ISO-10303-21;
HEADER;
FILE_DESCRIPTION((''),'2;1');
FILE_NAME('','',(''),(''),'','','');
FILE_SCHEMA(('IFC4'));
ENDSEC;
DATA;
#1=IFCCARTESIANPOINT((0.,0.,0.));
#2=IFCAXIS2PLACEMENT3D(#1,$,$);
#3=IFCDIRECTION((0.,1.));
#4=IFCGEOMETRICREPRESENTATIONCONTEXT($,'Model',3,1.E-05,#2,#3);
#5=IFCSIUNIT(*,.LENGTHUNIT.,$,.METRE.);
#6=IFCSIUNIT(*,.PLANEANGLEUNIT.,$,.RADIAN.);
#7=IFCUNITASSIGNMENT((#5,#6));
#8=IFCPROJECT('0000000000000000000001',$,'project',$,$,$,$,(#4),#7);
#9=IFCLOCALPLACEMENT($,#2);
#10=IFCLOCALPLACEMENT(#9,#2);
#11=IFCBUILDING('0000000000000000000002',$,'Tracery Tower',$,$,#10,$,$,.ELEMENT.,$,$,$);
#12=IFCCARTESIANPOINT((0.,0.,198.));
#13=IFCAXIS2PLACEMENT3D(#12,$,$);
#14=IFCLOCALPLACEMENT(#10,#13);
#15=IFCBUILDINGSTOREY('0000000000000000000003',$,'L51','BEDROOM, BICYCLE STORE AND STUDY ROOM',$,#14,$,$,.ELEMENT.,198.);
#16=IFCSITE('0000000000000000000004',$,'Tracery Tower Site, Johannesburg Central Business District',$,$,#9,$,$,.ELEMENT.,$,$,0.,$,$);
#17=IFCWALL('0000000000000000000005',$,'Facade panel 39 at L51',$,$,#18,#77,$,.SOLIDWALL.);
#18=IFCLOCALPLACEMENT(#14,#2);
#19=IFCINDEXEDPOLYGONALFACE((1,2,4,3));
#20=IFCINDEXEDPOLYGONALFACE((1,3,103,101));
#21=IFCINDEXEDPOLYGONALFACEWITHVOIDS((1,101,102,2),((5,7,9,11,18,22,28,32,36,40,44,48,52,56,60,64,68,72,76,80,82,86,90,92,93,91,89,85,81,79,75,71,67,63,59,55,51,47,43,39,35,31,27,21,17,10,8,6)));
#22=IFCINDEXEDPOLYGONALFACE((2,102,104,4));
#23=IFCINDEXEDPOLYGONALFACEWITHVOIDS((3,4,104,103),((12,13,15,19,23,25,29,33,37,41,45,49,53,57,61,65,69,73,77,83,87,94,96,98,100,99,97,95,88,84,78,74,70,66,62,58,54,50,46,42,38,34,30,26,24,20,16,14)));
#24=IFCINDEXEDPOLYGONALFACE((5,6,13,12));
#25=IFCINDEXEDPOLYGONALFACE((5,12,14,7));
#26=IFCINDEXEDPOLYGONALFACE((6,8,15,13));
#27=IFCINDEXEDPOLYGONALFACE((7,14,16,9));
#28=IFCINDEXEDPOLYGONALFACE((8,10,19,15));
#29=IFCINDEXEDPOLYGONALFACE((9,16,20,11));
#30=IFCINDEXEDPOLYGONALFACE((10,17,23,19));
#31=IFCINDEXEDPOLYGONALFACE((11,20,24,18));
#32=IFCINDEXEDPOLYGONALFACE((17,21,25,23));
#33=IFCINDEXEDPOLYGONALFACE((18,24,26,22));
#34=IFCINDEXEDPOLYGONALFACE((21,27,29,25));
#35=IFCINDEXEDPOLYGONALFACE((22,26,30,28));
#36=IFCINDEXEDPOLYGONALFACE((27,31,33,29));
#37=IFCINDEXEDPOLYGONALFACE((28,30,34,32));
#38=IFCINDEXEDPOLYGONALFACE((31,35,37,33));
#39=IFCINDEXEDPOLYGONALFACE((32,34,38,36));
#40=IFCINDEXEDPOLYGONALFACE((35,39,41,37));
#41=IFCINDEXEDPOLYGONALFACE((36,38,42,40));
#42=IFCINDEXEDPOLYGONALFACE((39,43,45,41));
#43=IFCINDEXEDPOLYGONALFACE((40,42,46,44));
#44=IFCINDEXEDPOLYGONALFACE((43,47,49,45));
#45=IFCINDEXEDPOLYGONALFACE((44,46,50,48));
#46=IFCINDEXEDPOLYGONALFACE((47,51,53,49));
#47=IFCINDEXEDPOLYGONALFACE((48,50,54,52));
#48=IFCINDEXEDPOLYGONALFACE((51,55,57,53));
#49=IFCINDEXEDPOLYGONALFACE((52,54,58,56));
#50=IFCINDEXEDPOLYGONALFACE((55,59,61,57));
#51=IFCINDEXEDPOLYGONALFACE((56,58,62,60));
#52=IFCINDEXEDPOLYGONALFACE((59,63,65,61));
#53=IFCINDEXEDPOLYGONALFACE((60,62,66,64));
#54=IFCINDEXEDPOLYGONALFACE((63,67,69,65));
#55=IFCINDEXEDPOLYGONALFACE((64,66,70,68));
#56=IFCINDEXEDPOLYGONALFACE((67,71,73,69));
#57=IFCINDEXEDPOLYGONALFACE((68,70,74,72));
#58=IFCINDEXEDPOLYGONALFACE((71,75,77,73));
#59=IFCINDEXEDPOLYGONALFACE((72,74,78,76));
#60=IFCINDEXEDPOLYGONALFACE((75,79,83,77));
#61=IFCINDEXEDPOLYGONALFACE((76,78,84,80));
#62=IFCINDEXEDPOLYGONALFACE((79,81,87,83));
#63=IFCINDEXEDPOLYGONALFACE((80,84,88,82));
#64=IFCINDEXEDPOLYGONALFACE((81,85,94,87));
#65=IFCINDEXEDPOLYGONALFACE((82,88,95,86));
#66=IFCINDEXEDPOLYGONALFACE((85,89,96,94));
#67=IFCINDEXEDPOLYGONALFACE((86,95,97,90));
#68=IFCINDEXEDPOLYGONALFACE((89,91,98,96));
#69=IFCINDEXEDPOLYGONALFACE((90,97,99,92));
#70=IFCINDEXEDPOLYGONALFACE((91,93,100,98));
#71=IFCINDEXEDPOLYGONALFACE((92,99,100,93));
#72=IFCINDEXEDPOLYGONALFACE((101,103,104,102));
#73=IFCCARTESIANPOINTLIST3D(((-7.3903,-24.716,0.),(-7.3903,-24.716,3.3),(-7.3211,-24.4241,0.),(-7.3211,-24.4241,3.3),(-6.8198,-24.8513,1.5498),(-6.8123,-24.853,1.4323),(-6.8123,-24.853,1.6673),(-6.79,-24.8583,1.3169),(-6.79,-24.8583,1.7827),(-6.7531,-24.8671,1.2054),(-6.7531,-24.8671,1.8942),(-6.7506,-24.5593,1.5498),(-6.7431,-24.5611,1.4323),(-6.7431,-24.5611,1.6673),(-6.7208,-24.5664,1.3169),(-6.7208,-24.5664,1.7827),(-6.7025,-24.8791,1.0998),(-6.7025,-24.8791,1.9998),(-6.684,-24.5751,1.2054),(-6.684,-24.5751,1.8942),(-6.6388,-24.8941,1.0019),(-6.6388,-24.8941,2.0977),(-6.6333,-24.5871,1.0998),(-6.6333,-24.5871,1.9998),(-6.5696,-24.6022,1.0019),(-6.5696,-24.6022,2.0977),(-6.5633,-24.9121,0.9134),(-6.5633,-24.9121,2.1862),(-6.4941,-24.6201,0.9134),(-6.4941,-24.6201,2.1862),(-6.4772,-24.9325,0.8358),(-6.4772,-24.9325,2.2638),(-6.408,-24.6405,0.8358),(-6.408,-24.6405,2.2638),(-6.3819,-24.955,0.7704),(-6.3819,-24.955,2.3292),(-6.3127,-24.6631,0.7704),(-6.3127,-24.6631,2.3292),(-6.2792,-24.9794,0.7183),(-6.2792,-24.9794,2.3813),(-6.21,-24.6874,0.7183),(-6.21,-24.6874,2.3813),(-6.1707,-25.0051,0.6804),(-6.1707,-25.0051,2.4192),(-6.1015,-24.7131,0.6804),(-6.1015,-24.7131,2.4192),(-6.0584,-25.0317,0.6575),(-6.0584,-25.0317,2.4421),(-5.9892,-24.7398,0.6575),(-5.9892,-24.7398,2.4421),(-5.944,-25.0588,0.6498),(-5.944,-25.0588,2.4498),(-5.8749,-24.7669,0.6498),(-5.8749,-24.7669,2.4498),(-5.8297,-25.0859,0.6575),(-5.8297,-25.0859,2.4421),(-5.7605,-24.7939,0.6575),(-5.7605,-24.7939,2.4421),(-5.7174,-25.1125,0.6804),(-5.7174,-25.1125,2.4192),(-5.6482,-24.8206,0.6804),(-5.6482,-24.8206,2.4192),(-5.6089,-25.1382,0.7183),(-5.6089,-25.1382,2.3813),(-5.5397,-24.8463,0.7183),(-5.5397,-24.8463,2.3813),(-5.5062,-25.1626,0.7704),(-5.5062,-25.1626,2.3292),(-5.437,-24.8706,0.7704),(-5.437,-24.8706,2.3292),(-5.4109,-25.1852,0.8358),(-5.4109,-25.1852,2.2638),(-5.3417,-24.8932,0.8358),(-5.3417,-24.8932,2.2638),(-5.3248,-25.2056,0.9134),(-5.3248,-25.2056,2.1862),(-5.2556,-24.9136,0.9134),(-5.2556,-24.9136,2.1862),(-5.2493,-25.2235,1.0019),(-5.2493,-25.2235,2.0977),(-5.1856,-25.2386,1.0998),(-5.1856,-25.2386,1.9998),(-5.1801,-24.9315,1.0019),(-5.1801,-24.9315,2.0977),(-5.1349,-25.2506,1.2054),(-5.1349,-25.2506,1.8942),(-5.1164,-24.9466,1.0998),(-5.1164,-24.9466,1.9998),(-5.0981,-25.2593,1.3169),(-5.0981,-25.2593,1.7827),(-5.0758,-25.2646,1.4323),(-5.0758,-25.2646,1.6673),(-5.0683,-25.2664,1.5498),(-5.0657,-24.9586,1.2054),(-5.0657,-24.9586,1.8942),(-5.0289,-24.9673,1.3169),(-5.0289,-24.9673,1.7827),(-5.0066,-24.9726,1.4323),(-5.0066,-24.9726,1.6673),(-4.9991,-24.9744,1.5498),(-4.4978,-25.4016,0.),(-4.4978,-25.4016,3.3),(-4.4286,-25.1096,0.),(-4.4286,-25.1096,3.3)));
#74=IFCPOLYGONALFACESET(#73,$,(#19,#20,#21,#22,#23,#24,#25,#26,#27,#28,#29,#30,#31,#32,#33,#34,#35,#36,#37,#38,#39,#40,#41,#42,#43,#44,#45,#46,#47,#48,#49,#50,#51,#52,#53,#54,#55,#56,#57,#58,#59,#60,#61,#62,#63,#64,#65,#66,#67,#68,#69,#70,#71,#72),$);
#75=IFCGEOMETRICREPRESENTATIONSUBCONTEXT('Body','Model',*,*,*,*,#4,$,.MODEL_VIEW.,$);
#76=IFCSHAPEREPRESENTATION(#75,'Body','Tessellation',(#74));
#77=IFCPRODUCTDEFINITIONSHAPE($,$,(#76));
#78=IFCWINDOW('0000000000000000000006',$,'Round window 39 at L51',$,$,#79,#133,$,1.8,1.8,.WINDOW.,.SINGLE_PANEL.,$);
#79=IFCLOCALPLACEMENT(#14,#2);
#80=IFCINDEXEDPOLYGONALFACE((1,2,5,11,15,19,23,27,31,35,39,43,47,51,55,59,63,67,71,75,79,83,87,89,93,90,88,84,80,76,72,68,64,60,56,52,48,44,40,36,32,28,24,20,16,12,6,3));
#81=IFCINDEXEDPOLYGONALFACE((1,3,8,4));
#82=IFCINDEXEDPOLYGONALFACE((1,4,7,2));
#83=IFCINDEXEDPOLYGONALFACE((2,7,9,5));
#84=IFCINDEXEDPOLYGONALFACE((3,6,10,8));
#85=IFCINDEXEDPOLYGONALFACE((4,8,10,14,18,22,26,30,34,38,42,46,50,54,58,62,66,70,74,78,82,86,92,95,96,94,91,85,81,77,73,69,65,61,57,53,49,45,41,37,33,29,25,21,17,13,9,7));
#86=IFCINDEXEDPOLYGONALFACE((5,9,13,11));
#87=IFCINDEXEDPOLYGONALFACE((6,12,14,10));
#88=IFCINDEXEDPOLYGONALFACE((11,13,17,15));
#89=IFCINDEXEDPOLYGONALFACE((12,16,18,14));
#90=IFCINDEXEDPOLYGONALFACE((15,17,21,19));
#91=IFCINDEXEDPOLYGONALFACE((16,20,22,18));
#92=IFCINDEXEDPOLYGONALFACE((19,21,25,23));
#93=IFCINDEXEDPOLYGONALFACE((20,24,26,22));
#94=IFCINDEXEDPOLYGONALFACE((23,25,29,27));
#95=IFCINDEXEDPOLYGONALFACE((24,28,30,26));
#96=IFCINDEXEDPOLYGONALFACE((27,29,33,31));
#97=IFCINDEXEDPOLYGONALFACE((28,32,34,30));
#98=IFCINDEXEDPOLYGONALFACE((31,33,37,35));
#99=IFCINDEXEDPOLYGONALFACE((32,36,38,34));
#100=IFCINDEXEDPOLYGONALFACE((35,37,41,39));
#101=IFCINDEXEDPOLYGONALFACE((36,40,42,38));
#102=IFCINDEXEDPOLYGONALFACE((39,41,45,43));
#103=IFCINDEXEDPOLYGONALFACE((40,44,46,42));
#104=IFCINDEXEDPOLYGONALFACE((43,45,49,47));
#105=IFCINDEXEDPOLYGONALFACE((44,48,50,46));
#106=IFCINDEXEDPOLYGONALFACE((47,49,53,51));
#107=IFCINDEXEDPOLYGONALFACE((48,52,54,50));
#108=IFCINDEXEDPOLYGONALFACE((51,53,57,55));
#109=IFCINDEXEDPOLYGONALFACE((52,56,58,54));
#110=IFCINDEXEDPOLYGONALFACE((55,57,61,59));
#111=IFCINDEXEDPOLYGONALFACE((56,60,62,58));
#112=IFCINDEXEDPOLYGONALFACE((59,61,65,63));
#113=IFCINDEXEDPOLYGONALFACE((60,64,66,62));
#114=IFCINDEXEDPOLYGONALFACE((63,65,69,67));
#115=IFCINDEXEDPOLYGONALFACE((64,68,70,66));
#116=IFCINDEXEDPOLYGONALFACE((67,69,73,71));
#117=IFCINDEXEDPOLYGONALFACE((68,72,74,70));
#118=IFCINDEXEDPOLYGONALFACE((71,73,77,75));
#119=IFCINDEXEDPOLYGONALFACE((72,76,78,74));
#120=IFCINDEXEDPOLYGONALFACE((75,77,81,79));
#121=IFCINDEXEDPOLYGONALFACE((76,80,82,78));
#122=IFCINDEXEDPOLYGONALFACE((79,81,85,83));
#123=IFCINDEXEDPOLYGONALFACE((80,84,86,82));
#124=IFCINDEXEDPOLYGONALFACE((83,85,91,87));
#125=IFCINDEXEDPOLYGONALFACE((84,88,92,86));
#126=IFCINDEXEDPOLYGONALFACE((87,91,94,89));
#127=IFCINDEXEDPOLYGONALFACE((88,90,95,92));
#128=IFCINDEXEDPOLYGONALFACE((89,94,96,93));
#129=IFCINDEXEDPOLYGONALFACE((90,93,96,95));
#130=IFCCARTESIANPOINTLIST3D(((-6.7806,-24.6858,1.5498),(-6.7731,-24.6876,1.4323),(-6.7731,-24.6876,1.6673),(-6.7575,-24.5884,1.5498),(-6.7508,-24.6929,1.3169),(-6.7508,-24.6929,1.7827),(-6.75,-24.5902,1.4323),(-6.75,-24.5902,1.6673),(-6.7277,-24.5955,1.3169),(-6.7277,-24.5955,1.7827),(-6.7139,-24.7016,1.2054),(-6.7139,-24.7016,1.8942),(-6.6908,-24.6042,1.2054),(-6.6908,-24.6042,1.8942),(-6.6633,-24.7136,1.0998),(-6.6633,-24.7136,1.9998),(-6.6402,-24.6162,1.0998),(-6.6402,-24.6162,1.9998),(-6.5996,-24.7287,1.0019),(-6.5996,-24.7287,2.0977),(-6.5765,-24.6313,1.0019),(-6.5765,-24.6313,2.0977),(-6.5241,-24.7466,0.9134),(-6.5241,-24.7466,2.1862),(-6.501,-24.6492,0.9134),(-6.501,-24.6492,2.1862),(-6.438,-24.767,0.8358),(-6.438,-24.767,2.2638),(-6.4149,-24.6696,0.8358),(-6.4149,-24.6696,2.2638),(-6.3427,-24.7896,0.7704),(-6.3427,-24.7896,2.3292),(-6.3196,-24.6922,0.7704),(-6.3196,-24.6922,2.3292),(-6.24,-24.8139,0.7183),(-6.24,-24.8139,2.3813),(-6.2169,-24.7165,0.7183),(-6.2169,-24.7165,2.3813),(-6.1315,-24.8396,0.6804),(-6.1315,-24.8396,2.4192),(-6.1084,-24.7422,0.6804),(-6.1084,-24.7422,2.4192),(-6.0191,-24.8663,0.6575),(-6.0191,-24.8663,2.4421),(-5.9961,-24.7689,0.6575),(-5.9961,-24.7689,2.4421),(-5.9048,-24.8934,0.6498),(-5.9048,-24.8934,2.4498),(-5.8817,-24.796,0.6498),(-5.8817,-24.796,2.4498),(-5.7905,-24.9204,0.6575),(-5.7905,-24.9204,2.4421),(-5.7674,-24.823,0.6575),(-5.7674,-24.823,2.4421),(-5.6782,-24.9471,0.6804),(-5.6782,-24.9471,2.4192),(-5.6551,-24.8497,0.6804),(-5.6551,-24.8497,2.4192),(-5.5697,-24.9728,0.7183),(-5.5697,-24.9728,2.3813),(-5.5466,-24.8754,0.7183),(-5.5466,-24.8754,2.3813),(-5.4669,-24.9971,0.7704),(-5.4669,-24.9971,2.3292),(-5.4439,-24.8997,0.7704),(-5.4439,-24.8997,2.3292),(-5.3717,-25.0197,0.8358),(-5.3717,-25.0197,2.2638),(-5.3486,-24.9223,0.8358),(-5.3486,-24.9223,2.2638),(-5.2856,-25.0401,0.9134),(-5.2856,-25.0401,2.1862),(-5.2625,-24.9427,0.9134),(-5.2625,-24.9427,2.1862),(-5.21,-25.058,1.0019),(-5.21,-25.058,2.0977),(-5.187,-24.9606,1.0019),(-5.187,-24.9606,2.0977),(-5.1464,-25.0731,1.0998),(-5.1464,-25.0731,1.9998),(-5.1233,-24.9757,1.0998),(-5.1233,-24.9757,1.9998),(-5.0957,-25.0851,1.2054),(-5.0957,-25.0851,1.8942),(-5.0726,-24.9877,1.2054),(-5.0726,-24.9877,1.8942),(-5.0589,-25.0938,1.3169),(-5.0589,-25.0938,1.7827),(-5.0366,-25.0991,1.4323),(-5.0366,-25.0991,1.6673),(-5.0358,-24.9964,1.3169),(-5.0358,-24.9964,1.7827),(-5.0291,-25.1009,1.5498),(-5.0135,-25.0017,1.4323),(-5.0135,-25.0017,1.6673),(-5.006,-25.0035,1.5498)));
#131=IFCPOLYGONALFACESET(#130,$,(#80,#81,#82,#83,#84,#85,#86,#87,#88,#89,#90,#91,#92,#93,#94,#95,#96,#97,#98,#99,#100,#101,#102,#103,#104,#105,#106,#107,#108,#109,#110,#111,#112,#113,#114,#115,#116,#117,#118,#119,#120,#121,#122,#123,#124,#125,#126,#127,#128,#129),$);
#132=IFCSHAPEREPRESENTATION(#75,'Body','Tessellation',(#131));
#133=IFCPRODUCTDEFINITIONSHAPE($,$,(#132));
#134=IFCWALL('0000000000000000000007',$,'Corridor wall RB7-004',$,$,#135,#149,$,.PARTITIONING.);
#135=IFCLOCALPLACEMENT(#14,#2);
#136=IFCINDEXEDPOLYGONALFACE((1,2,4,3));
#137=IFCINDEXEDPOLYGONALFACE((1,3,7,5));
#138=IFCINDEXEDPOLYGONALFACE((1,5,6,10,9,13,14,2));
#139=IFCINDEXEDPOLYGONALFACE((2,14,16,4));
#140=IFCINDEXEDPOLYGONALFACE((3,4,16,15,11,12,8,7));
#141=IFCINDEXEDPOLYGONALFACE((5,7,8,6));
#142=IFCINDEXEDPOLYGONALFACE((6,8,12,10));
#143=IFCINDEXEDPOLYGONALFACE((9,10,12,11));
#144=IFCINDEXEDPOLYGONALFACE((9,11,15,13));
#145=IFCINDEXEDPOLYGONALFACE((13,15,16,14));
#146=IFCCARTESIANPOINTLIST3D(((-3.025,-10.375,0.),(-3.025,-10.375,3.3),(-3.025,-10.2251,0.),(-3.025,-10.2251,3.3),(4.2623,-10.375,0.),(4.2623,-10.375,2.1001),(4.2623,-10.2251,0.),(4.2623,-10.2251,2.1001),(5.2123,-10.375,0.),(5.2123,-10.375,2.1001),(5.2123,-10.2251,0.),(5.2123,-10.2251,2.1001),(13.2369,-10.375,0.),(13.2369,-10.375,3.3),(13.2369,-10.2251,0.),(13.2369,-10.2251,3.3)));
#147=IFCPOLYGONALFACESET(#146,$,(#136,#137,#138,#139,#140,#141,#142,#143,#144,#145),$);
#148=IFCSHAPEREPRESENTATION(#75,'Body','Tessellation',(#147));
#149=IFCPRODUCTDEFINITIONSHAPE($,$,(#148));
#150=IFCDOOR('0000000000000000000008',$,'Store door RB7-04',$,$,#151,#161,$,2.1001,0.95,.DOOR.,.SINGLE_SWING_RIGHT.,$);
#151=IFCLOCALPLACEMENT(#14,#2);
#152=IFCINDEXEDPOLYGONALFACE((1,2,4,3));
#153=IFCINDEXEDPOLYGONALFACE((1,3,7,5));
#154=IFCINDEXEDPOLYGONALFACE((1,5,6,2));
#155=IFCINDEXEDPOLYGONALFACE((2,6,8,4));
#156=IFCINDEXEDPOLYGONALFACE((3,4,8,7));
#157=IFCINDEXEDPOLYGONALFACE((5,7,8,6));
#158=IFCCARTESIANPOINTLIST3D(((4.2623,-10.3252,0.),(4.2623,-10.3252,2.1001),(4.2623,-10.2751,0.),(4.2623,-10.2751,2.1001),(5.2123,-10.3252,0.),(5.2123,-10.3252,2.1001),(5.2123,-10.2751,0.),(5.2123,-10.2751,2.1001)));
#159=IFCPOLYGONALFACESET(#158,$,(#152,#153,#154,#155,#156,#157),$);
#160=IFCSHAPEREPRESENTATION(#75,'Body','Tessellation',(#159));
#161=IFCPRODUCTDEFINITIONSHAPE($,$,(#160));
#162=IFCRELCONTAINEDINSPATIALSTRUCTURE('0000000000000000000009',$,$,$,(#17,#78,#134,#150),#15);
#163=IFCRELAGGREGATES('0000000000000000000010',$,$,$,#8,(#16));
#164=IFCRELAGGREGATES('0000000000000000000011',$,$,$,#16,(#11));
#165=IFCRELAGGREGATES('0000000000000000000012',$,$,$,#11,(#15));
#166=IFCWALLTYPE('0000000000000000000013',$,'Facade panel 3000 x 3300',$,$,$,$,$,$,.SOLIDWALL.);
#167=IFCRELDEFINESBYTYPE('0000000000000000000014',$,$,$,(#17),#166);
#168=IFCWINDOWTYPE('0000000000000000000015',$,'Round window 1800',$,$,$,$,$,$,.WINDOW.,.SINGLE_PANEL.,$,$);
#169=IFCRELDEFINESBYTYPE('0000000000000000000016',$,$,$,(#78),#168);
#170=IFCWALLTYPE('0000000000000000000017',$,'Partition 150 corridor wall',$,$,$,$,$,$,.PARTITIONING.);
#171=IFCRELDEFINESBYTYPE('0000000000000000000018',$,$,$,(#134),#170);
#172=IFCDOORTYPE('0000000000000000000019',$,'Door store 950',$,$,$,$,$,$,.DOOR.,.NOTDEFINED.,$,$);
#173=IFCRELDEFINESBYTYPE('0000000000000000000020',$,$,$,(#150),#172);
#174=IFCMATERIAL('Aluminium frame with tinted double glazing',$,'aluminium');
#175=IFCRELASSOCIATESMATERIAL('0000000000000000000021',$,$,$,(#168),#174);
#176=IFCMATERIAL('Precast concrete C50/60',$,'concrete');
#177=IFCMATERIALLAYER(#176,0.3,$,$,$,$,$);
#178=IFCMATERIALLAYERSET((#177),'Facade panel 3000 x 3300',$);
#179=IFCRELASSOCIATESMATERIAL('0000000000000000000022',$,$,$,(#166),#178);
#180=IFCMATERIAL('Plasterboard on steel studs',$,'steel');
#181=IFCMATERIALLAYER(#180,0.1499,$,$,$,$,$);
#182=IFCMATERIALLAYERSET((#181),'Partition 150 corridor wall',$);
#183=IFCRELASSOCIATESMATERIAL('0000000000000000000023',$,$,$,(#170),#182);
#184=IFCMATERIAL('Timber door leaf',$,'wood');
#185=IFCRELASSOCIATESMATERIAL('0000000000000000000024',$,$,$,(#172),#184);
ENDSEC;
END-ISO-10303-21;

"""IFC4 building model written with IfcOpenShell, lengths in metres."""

from ifc_helpers import new_model, si_unit, direction, frame, frame_2d, origin, origin_2d, place, context, subcontext, project, spatial, rectangle, circle, extrude, material, layer, layer_set, type_object, element, fill, save


model = new_model("IFC4")

# Units and contexts
model_context = context("Model", 3, precision=1e-05, world=origin(), true_north=direction((0.0, 1.0)))
body_context = subcontext(model_context, "Body", "Model", "MODEL_VIEW")
ifc_project = project(units=[si_unit("LENGTHUNIT", "METRE"), si_unit("PLANEANGLEUNIT", "RADIAN")], contexts=[model_context])

# Site, building, storey
site_placement = place(None, origin())
site = spatial("IfcSite", under=ifc_project, at=site_placement, Name="Tracery Tower Site, Johannesburg Central Business District", CompositionType="ELEMENT", RefElevation=0.0)
building_placement = place(site_placement, origin())
building = spatial("IfcBuilding", under=site, at=building_placement, Name="Tracery Tower", CompositionType="ELEMENT")
storey_placement = place(building_placement, frame((0.0, 0.0, 198.0)))
storey = spatial("IfcBuildingStorey", under=building, at=storey_placement, Name="L51", Description="BEDROOM, BICYCLE STORE AND STUDY ROOM", CompositionType="ELEMENT", Elevation=198.0)

# Wall, opening, window
ifc_material_1 = material(Name="Aluminium frame with tinted double glazing", Category="aluminium")
window_type = type_object("IfcWindowType", Name="Round window 1800", PartitioningType="SINGLE_PANEL", PredefinedType="WINDOW", material=ifc_material_1)
ifc_material_2 = material(Name="Precast concrete C50/60", Category="concrete")
ifc_layer_1 = layer(ifc_material_2, 0.3)
ifc_layer_set_1 = layer_set([ifc_layer_1], Name="Facade panel 3000 x 3300")
wall_type_1 = type_object("IfcWallType", Name="Facade panel 3000 x 3300", PredefinedType="SOLIDWALL", material=ifc_layer_set_1)
wall_1_placement = place(storey_placement, frame((-7.3557, -24.5701, 0.0), z_axis=(0.0, 0.0, 1.0), x_axis=(0.973045, -0.230614, 0.0)))
wall_1 = element("IfcWall", 1, at=wall_1_placement, inside=storey, type_object=wall_type_1, Name="Facade panel 39 at L51", PredefinedType="SOLIDWALL", context=body_context, shape_type="SweptSolid", body=[
    extrude(rectangle(XDim=2.9727, YDim=0.3, at=frame_2d((1.4863, 0.0))), origin(), (0.0, 0.0, 1.0), 3.3),
])
opening_1_placement = place(wall_1_placement, frame((1.4863, 0.0, 1.5498)))
opening_1 = element("IfcOpeningElement", 2, at=opening_1_placement, cuts=wall_1, PredefinedType="OPENING", context=body_context, shape_type="SweptSolid", body=[
    extrude(circle(Radius=0.9, at=origin_2d()), frame((0.0, 0.1599, 0.0), z_axis=(0.0, -1.0, 0.0), x_axis=(1.0, 0.0, 0.0)), (0.0, 0.0, 1.0), 0.3201),
])
window_1_placement = place(opening_1_placement, origin())
window_1 = element("IfcWindow", 3, at=window_1_placement, inside=storey, type_object=window_type, Name="Round window 39 at L51", OverallHeight=1.8, OverallWidth=1.8, PartitioningType="SINGLE_PANEL", PredefinedType="WINDOW", context=body_context, shape_type="SweptSolid", body=[
    extrude(circle(Radius=0.9, at=origin_2d()), frame((0.0, 0.1201, 0.0), z_axis=(0.0, -1.0, 0.0), x_axis=(1.0, 0.0, 0.0)), (0.0, 0.0, 1.0), 0.1001),
])
fill(opening_1, window_1)

# Wall, opening, door
ifc_material_3 = material(Name="Plasterboard on steel studs", Category="steel")
ifc_layer_2 = layer(ifc_material_3, 0.1499)
ifc_layer_set_2 = layer_set([ifc_layer_2], Name="Partition 150 corridor wall")
wall_type_2 = type_object("IfcWallType", Name="Partition 150 corridor wall", PredefinedType="PARTITIONING", material=ifc_layer_set_2)
wall_2_placement = place(storey_placement, frame((-3.0249, -10.3, 0.0), z_axis=(0.0, 0.0, 1.0), x_axis=(1.0, 0.0, 0.0)))
wall_2 = element("IfcWall", 4, at=wall_2_placement, inside=storey, type_object=wall_type_2, Name="Corridor wall RB7-004", PredefinedType="PARTITIONING", context=body_context, shape_type="SweptSolid", body=[
    extrude(rectangle(XDim=16.262, YDim=0.1499, at=frame_2d((8.1309, 0.0))), origin(), (0.0, 0.0, 1.0), 3.3),
])
opening_2_placement = place(wall_2_placement, frame((7.2871, 0.0, 0.0)))
opening_2 = element("IfcOpeningElement", 5, at=opening_2_placement, cuts=wall_2, PredefinedType="OPENING", context=body_context, shape_type="SweptSolid", body=[
    extrude(rectangle(XDim=0.95, YDim=2.1001, at=frame_2d((0.4751, 1.05))), frame((0.0, 0.075, 0.0), z_axis=(0.0, -1.0, 0.0), x_axis=(1.0, 0.0, 0.0)), (0.0, 0.0, 1.0), 0.1499),
])
ifc_material_4 = material(Name="Timber door leaf", Category="wood")
door_type_1 = type_object("IfcDoorType", Name="Door store 950", OperationType="NOTDEFINED", PredefinedType="DOOR", material=ifc_material_4)
door_1_placement = place(opening_2_placement, origin())
door_1 = element("IfcDoor", 6, at=door_1_placement, inside=storey, type_object=door_type_1, Name="Store door RB7-04", OperationType="SINGLE_SWING_RIGHT", OverallHeight=2.1001, OverallWidth=0.95, PredefinedType="DOOR", context=body_context, shape_type="SweptSolid", body=[
    extrude(rectangle(XDim=0.95, YDim=2.1001, at=frame_2d((0.4751, 1.05))), frame((0.0, 0.0249, 0.0), z_axis=(0.0, -1.0, 0.0), x_axis=(1.0, 0.0, 0.0)), (0.0, 0.0, 1.0), 0.05),
])
fill(opening_2, door_1)

save(model, "model.ifc")
